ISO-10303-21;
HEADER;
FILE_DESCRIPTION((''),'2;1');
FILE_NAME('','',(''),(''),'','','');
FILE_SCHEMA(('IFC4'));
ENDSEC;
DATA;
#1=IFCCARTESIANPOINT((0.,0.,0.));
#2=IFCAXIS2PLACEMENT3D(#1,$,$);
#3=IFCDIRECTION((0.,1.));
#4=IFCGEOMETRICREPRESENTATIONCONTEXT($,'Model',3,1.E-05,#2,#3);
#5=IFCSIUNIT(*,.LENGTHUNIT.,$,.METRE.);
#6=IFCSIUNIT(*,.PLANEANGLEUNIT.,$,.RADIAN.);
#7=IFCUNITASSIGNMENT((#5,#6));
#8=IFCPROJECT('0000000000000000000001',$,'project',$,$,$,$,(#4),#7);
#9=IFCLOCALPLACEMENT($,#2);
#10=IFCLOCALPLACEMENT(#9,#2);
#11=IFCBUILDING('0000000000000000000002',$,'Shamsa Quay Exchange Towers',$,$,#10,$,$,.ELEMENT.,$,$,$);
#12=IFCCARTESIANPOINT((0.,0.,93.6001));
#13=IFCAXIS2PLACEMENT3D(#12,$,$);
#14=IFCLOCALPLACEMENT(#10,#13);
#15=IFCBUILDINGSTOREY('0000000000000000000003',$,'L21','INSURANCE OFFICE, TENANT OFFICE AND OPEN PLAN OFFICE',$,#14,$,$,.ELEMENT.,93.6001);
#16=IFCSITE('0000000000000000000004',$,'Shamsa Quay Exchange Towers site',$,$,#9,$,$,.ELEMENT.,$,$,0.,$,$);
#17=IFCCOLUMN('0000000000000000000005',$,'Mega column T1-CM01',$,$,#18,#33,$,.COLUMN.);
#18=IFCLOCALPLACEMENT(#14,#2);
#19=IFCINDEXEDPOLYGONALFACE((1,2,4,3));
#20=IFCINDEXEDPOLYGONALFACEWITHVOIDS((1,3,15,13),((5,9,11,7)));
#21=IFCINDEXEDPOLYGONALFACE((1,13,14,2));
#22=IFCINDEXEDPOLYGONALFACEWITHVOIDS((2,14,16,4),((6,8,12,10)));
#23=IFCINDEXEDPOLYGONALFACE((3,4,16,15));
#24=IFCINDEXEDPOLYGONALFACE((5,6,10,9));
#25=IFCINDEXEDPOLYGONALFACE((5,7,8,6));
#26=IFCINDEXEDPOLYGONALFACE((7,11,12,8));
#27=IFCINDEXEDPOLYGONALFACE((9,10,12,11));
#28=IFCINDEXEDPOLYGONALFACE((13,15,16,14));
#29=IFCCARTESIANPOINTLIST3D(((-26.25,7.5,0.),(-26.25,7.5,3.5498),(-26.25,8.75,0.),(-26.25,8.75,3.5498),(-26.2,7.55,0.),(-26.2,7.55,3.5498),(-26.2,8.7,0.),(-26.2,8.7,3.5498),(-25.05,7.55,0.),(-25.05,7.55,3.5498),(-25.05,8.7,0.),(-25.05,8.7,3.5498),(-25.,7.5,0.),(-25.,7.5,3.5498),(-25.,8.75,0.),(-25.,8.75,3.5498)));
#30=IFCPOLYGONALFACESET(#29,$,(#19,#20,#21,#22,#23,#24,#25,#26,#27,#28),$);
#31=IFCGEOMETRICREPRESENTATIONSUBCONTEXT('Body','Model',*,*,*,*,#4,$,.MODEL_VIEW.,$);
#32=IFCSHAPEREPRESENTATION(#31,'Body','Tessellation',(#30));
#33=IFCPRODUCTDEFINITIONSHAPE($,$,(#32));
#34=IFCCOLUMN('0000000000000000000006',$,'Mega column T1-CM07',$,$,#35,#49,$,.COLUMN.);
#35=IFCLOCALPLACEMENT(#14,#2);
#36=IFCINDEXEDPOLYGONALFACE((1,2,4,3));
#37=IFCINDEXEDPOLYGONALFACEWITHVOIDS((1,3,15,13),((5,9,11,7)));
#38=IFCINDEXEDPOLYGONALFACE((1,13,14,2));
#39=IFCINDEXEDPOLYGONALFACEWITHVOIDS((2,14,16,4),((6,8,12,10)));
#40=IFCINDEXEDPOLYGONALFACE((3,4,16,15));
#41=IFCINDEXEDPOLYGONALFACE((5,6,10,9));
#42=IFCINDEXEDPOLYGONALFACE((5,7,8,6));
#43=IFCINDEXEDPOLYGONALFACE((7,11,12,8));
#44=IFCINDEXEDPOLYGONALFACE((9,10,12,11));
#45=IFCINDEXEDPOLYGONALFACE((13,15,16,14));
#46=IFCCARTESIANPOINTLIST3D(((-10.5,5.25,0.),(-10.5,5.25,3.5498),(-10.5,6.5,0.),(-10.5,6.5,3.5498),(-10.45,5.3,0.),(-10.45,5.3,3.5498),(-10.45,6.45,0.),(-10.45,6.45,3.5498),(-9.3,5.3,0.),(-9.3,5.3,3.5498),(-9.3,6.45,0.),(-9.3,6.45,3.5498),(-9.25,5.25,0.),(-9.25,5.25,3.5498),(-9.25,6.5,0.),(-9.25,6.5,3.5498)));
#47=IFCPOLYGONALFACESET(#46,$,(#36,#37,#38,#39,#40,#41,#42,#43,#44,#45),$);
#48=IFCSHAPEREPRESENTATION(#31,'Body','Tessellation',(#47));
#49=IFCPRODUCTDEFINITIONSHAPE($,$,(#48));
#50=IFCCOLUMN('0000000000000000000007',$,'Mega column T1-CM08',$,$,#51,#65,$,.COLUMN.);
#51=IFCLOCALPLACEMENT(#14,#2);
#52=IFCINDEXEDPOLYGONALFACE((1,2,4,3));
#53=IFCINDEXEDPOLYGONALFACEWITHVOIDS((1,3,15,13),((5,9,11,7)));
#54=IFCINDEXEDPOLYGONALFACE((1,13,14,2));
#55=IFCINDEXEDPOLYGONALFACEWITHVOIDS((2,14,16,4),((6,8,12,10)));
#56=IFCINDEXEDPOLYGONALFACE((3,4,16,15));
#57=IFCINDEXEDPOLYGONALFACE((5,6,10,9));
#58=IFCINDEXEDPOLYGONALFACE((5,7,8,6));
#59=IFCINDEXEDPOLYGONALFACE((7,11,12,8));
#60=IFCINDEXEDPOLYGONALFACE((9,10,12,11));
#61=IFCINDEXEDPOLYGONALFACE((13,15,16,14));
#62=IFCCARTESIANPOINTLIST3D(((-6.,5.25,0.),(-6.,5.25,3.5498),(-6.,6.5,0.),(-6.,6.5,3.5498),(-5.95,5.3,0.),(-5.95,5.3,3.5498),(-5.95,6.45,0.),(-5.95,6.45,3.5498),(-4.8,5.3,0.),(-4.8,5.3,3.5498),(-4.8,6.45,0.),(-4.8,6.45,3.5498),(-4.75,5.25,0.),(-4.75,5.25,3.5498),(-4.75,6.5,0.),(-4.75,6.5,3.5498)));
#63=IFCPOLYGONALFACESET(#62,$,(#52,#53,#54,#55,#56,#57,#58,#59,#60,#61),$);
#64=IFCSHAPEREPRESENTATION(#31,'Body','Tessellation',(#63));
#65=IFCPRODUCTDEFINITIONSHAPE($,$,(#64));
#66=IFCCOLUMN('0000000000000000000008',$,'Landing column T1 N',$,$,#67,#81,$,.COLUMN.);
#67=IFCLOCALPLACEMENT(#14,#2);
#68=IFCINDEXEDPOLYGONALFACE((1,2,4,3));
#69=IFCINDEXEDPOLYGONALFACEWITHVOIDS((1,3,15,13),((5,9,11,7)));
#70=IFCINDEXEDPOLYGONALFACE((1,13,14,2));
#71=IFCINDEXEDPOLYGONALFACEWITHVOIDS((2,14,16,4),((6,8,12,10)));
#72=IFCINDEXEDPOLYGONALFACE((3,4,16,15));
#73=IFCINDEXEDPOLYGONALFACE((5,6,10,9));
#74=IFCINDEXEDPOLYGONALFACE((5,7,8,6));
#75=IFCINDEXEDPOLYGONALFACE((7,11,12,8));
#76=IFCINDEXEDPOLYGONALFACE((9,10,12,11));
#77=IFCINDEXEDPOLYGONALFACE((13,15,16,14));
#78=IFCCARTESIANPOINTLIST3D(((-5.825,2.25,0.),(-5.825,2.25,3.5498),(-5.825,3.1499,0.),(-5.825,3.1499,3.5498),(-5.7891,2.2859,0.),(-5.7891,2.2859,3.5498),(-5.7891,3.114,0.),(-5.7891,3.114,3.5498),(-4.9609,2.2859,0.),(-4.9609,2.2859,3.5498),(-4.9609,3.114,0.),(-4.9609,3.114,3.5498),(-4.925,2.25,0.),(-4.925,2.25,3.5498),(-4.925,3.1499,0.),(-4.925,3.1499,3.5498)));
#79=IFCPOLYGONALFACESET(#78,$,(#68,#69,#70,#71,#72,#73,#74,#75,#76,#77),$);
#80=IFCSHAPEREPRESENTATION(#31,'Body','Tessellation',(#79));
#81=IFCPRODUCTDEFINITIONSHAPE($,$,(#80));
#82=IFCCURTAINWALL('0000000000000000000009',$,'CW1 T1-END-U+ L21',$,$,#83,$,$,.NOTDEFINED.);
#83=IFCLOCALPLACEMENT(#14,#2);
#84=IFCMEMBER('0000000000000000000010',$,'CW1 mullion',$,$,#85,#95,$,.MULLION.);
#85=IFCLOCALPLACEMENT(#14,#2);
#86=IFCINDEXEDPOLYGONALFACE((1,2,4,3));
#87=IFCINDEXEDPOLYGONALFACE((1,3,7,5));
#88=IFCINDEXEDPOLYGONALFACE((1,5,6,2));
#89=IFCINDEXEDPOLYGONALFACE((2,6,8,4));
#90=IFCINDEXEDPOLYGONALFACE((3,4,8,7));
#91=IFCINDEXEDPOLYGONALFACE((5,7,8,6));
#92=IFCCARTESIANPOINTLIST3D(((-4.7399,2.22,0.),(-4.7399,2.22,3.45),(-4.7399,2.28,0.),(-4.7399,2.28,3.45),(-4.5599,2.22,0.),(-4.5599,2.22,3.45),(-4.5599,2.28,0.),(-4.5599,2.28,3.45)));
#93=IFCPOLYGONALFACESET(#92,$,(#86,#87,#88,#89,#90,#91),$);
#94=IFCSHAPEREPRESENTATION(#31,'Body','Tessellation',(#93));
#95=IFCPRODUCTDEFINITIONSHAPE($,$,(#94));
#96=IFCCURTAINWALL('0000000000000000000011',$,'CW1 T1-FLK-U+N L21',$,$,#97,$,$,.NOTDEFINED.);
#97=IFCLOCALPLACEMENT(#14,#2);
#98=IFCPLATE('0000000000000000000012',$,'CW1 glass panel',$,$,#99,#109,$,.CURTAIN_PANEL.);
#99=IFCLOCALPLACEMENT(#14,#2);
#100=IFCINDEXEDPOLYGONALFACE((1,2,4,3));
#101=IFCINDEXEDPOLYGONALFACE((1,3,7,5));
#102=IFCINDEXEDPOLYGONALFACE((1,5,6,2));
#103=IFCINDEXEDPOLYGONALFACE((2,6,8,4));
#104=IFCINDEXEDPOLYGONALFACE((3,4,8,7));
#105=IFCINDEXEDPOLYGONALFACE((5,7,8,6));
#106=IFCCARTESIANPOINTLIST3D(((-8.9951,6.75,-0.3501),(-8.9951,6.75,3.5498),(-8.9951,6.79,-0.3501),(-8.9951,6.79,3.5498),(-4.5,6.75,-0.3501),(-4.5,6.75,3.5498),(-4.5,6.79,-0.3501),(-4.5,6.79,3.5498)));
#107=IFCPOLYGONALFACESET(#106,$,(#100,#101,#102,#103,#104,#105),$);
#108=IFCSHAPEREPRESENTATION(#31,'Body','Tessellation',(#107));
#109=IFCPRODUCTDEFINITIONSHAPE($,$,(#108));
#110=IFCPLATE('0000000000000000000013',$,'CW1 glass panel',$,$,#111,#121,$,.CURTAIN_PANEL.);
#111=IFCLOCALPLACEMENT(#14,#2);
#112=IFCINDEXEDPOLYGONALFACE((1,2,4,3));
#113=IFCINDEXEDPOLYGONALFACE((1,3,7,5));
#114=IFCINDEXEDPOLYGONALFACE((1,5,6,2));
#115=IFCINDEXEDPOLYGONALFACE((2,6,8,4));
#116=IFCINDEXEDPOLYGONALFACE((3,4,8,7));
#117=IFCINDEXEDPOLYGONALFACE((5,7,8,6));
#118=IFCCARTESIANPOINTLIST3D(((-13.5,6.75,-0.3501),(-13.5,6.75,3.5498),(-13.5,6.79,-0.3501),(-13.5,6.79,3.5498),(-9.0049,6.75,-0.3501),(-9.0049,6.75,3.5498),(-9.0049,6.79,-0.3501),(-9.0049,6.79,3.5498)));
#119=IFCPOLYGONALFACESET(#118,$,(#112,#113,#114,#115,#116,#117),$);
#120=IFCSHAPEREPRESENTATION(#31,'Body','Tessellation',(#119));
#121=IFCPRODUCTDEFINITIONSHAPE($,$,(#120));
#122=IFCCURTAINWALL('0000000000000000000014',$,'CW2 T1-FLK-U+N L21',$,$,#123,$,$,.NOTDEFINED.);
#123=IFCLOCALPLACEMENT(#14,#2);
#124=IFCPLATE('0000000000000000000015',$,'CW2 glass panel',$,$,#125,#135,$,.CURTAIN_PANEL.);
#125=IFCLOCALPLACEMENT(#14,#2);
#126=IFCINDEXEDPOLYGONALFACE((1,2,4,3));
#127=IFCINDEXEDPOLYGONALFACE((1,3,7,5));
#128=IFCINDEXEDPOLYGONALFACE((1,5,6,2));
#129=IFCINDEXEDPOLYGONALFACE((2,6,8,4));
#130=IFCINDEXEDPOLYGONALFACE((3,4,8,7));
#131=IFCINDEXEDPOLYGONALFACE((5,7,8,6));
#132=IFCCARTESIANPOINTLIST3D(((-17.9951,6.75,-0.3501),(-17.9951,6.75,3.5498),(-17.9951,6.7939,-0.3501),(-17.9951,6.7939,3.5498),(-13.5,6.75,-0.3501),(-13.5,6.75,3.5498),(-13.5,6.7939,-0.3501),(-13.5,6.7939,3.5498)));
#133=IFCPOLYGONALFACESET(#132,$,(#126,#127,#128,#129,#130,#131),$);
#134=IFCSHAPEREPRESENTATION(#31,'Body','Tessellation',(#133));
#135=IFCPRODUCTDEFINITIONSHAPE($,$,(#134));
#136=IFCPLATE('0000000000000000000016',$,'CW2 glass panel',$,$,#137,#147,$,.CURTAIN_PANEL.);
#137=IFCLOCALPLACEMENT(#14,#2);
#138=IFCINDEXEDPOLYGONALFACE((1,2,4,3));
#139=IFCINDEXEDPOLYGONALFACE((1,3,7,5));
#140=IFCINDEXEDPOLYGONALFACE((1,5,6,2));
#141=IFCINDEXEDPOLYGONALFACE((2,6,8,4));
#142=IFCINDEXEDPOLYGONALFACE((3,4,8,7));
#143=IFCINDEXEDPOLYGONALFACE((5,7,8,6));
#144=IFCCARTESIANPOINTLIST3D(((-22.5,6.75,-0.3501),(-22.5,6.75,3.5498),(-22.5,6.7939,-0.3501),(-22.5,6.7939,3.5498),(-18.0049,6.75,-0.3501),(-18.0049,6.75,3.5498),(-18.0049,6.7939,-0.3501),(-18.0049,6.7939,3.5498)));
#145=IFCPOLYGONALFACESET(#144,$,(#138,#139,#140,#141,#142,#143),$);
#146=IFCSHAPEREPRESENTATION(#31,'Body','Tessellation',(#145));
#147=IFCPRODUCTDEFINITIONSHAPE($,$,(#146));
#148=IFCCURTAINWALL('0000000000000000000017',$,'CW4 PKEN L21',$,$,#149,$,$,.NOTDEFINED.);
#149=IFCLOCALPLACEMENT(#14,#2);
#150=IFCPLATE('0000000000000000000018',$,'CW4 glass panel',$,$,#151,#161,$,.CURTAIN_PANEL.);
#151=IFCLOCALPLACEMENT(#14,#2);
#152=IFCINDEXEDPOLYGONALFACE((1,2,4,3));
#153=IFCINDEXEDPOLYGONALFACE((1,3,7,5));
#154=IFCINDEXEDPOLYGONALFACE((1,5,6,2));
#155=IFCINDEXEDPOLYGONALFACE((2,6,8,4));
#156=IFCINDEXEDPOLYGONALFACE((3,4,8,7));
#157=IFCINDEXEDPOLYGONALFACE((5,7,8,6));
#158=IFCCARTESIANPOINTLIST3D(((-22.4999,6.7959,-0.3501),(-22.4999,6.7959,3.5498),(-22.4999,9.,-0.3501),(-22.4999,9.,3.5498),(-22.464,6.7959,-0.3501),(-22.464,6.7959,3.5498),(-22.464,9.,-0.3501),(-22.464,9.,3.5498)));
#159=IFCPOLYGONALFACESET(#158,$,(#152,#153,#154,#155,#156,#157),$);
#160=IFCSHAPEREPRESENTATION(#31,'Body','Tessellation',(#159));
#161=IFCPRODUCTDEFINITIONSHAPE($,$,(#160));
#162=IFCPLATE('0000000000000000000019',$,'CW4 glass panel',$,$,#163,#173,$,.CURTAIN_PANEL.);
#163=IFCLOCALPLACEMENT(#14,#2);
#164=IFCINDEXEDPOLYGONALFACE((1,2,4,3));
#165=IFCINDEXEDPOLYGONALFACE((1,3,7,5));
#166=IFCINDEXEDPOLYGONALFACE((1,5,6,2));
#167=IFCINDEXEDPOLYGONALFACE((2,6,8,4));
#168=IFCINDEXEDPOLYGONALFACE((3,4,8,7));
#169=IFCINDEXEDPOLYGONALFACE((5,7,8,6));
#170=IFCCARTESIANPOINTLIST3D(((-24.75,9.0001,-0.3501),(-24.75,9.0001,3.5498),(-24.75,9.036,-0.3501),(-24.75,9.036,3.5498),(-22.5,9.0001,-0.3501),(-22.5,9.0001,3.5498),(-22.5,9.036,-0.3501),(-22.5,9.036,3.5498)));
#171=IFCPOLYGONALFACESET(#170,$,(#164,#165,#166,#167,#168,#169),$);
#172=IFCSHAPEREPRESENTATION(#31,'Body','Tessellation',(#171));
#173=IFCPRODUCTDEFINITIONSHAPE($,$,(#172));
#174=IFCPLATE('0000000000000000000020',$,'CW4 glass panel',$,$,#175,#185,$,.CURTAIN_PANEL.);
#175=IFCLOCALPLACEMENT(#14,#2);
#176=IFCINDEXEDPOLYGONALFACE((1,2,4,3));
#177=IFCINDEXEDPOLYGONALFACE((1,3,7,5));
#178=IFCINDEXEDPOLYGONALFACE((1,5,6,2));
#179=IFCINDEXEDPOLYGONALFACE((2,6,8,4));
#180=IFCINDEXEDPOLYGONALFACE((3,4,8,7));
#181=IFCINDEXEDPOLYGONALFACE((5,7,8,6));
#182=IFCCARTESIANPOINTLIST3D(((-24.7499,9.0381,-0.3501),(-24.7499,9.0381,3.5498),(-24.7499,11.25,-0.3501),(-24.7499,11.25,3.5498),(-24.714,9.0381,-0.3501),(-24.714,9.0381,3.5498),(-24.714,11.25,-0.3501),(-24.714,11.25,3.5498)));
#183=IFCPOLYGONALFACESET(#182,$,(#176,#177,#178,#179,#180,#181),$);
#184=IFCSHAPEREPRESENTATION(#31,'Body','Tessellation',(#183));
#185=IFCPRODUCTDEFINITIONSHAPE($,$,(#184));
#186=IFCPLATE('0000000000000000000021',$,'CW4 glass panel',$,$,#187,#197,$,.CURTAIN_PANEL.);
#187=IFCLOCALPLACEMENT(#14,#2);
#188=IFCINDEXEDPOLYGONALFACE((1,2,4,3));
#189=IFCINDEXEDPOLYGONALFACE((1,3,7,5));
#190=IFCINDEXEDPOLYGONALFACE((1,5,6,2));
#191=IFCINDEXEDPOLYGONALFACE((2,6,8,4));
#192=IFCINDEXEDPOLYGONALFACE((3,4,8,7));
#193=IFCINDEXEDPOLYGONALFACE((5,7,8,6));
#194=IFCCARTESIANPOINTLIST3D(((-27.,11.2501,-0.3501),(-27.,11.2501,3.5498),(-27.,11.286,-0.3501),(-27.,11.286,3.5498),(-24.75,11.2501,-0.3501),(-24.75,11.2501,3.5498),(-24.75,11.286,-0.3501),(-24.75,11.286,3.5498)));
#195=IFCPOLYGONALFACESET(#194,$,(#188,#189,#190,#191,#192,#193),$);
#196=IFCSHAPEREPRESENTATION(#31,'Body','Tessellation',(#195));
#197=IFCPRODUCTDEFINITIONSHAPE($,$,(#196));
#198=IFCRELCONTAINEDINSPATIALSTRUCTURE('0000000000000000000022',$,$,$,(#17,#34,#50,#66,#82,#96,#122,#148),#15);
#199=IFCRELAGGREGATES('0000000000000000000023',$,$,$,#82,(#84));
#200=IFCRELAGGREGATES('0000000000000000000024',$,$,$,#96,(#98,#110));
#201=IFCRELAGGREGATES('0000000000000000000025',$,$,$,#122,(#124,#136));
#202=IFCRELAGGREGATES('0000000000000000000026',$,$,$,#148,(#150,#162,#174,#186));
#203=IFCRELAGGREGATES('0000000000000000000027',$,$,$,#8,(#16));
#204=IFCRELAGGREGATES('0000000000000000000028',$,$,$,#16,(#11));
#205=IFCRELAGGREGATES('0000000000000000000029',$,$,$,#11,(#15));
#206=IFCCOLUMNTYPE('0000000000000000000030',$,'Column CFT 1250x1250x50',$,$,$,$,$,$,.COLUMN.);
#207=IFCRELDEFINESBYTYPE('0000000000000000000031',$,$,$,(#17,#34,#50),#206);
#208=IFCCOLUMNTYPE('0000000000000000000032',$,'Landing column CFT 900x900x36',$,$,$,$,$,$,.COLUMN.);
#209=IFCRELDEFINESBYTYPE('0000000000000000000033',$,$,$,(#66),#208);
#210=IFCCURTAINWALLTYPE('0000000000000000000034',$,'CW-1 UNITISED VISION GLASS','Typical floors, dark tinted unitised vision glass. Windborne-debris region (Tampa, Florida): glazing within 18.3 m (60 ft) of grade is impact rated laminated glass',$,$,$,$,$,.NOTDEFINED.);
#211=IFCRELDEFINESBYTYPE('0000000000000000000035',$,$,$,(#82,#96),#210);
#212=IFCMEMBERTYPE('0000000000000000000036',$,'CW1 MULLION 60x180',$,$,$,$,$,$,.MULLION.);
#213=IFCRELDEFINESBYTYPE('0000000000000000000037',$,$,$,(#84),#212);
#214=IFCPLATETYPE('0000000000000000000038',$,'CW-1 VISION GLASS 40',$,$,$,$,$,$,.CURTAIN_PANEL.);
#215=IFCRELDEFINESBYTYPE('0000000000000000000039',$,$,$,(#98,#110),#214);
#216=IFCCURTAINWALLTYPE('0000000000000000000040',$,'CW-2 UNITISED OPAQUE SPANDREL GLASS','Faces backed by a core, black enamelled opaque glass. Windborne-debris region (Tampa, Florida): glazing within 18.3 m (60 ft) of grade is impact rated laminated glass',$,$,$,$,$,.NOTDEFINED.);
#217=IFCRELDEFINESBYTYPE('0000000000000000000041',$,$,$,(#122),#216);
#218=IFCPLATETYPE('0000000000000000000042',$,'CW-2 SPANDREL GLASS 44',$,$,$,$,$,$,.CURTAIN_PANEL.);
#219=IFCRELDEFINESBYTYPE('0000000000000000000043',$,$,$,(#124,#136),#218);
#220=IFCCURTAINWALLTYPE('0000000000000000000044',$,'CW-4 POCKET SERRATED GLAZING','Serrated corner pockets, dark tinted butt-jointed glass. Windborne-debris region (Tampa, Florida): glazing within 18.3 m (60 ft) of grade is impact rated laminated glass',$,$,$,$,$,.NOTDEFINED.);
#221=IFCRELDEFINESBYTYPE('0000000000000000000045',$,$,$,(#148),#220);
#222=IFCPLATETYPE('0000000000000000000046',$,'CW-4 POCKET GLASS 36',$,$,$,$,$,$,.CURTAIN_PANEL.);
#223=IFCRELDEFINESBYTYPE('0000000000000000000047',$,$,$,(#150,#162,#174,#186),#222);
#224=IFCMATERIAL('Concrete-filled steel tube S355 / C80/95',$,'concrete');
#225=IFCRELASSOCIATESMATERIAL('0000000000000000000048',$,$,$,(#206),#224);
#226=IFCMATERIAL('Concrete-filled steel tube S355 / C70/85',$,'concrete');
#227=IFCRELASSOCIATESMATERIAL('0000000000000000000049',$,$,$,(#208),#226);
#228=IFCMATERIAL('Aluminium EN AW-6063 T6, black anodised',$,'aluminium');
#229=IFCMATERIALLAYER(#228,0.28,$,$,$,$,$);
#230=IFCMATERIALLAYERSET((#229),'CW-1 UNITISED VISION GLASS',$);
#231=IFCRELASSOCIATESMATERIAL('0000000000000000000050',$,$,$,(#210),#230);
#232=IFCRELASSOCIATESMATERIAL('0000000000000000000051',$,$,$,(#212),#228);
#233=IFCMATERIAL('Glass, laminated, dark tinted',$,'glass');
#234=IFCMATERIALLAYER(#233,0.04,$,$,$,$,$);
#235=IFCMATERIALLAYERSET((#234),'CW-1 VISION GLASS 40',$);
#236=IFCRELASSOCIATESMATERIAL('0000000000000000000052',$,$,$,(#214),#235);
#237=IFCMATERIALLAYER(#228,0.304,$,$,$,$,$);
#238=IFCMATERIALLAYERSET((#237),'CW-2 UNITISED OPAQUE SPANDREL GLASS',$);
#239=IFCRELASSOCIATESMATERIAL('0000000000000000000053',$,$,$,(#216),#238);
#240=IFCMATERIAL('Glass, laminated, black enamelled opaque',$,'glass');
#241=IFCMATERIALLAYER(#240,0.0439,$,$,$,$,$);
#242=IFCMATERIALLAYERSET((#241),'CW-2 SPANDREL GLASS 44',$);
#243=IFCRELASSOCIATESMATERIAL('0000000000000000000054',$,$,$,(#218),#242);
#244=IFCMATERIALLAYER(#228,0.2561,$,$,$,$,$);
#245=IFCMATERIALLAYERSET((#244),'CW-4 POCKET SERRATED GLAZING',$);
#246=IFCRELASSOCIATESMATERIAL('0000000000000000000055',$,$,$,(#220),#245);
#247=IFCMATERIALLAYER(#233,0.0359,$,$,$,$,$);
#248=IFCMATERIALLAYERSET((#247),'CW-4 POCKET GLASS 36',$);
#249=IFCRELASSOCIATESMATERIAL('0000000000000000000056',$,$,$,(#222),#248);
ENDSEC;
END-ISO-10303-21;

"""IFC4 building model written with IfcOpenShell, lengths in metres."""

from ifc_helpers import new_model, si_unit, direction, frame, origin, origin_2d, place, context, subcontext, project, spatial, rectangle, hollow_rectangle, extrude, material, layer, layer_set, material_profile, profile_set, type_object, element, aggregate, save


model = new_model("IFC4")

# Units and contexts
model_context = context("Model", 3, precision=1e-05, world=origin(), true_north=direction((0.0, 1.0)))
body_context = subcontext(model_context, "Body", "Model", "MODEL_VIEW")
ifc_project = project(units=[si_unit("LENGTHUNIT", "METRE"), si_unit("PLANEANGLEUNIT", "RADIAN")], contexts=[model_context])

# Site, building, storey
site_placement = place(None, origin())
site = spatial("IfcSite", under=ifc_project, at=site_placement, Name="Shamsa Quay Exchange Towers site", CompositionType="ELEMENT", RefElevation=0.0)
building_placement = place(site_placement, origin())
building = spatial("IfcBuilding", under=site, at=building_placement, Name="Shamsa Quay Exchange Towers", CompositionType="ELEMENT")
storey_placement = place(building_placement, frame((0.0, 0.0, 93.6001)))
storey = spatial("IfcBuildingStorey", under=building, at=storey_placement, Name="L21", Description="INSURANCE OFFICE, TENANT OFFICE AND OPEN PLAN OFFICE", CompositionType="ELEMENT", Elevation=93.6001)

# Columns
ifc_material_1 = material(Name="Concrete-filled steel tube S355 / C80/95", Category="concrete")
ifc_material_profile_1 = material_profile(ifc_material_1, hollow_rectangle(XDim=1.25, YDim=1.25, WallThickness=0.05, at=origin_2d()), Name="CFT 1250x1250x50")
ifc_profile_set_1 = profile_set([ifc_material_profile_1], Name="Concrete-filled steel tube S355 / C80/95")
column_type_1 = type_object("IfcColumnType", Name="Column CFT 1250x1250x50", PredefinedType="COLUMN", material=ifc_profile_set_1)
for number, where, name in (
    (1, (-25.625, 8.125, 0.0), "Mega column T1-CM01"),
    (2, (-9.875, 5.875, 0.0), "Mega column T1-CM07"),
    (3, (-5.375, 5.875, 0.0), "Mega column T1-CM08"),
):
    element("IfcColumn", number, at=place(storey_placement, frame(where)), inside=storey, type_object=column_type_1, Name=name, PredefinedType="COLUMN", context=body_context, shape_type="SweptSolid", body=[
        extrude(hollow_rectangle(XDim=1.25, YDim=1.25, WallThickness=0.05, at=origin_2d()), origin(), (0.0, 0.0, 1.0), 3.5498),
    ])
ifc_material_2 = material(Name="Concrete-filled steel tube S355 / C70/85", Category="concrete")
ifc_material_profile_2 = material_profile(ifc_material_2, hollow_rectangle(XDim=0.8999, YDim=0.8999, WallThickness=0.0359, at=origin_2d()), Name="CFT 900x900x36")
ifc_profile_set_2 = profile_set([ifc_material_profile_2], Name="Concrete-filled steel tube S355 / C70/85")
column_type_2 = type_object("IfcColumnType", Name="Landing column CFT 900x900x36", PredefinedType="COLUMN", material=ifc_profile_set_2)
column_placement = place(storey_placement, frame((-5.375, 2.7, 0.0)))
element("IfcColumn", 4, at=column_placement, inside=storey, type_object=column_type_2, Name="Landing column T1 N", PredefinedType="COLUMN", context=body_context, shape_type="SweptSolid", body=[
    extrude(hollow_rectangle(XDim=0.8999, YDim=0.8999, WallThickness=0.0359, at=origin_2d()), origin(), (0.0, 0.0, 1.0), 3.5498),
])

# Curtain wall, member
ifc_material_3 = material(Name="Aluminium EN AW-6063 T6, black anodised", Category="aluminium")
ifc_layer_1 = layer(ifc_material_3, 0.28)
ifc_layer_set_1 = layer_set([ifc_layer_1], Name="CW-1 UNITISED VISION GLASS")
curtain_wall_type_1 = type_object("IfcCurtainWallType", Name="CW-1 UNITISED VISION GLASS", Description="Typical floors, dark tinted unitised vision glass. Windborne-debris region (Tampa, Florida): glazing within 18.3 m (60 ft) of grade is impact rated laminated glass", PredefinedType="NOTDEFINED", material=ifc_layer_set_1)
curtain_wall_1_placement = place(storey_placement, origin())
curtain_wall_1 = element("IfcCurtainWall", 5, at=curtain_wall_1_placement, inside=storey, type_object=curtain_wall_type_1, Name="CW1 T1-END-U+ L21", PredefinedType="NOTDEFINED")
ifc_material_profile_3 = material_profile(ifc_material_3, rectangle(XDim=0.1799, YDim=0.0601, at=origin_2d()), Name="MU60x180")
ifc_profile_set_3 = profile_set([ifc_material_profile_3], Name="Aluminium EN AW-6063 T6, black anodised")
member_type = type_object("IfcMemberType", Name="CW1 MULLION 60x180", PredefinedType="MULLION", material=ifc_profile_set_3)
member_placement = place(storey_placement, frame((-4.6499, 2.25, 0.0), z_axis=(0.0, 0.0, 1.0), x_axis=(-1.0, 0.0, 0.0)))
member = element("IfcMember", 6, at=member_placement, type_object=member_type, Name="CW1 mullion", PredefinedType="MULLION", context=body_context, shape_type="SweptSolid", body=[
    extrude(rectangle(XDim=0.1799, YDim=0.0601, at=origin_2d()), origin(), (0.0, 0.0, 1.0), 3.45),
])
aggregate(curtain_wall_1, [member])

# Curtain walls, plates
curtain_wall_2_placement = place(storey_placement, origin())
curtain_wall_2 = element("IfcCurtainWall", 7, at=curtain_wall_2_placement, inside=storey, type_object=curtain_wall_type_1, Name="CW1 T1-FLK-U+N L21", PredefinedType="NOTDEFINED")
ifc_material_4 = material(Name="Glass, laminated, dark tinted", Category="glass")
ifc_layer_2 = layer(ifc_material_4, 0.04)
ifc_layer_set_2 = layer_set([ifc_layer_2], Name="CW-1 VISION GLASS 40")
plate_type_1 = type_object("IfcPlateType", Name="CW-1 VISION GLASS 40", PredefinedType="CURTAIN_PANEL", material=ifc_layer_set_2)
plate_1_placement = place(storey_placement, frame((-6.7476, 6.77, -0.3501), z_axis=(0.0, 0.0, 1.0), x_axis=(-1.0, 0.0, 0.0)))
plate_1 = element("IfcPlate", 8, at=plate_1_placement, type_object=plate_type_1, Name="CW1 glass panel", PredefinedType="CURTAIN_PANEL", context=body_context, shape_type="SweptSolid", body=[
    extrude(rectangle(XDim=4.4951, YDim=0.04, at=origin_2d()), origin(), (0.0, 0.0, 1.0), 3.8999),
])
plate_2_placement = place(storey_placement, frame((-11.2524, 6.77, -0.3501), z_axis=(0.0, 0.0, 1.0), x_axis=(-1.0, 0.0, 0.0)))
plate_2 = element("IfcPlate", 9, at=plate_2_placement, type_object=plate_type_1, Name="CW1 glass panel", PredefinedType="CURTAIN_PANEL", context=body_context, shape_type="SweptSolid", body=[
    extrude(rectangle(XDim=4.4951, YDim=0.04, at=origin_2d()), origin(), (0.0, 0.0, 1.0), 3.8999),
])
aggregate(curtain_wall_2, [plate_1, plate_2])
ifc_layer_3 = layer(ifc_material_3, 0.304)
ifc_layer_set_3 = layer_set([ifc_layer_3], Name="CW-2 UNITISED OPAQUE SPANDREL GLASS")
curtain_wall_type_2 = type_object("IfcCurtainWallType", Name="CW-2 UNITISED OPAQUE SPANDREL GLASS", Description="Faces backed by a core, black enamelled opaque glass. Windborne-debris region (Tampa, Florida): glazing within 18.3 m (60 ft) of grade is impact rated laminated glass", PredefinedType="NOTDEFINED", material=ifc_layer_set_3)
curtain_wall_3_placement = place(storey_placement, origin())
curtain_wall_3 = element("IfcCurtainWall", 10, at=curtain_wall_3_placement, inside=storey, type_object=curtain_wall_type_2, Name="CW2 T1-FLK-U+N L21", PredefinedType="NOTDEFINED")
ifc_material_5 = material(Name="Glass, laminated, black enamelled opaque", Category="glass")
ifc_layer_4 = layer(ifc_material_5, 0.0439)
ifc_layer_set_4 = layer_set([ifc_layer_4], Name="CW-2 SPANDREL GLASS 44")
plate_type_2 = type_object("IfcPlateType", Name="CW-2 SPANDREL GLASS 44", PredefinedType="CURTAIN_PANEL", material=ifc_layer_set_4)
plate_3_placement = place(storey_placement, frame((-15.7476, 6.772, -0.3501), z_axis=(0.0, 0.0, 1.0), x_axis=(-1.0, 0.0, 0.0)))
plate_3 = element("IfcPlate", 11, at=plate_3_placement, type_object=plate_type_2, Name="CW2 glass panel", PredefinedType="CURTAIN_PANEL", context=body_context, shape_type="SweptSolid", body=[
    extrude(rectangle(XDim=4.4951, YDim=0.0439, at=origin_2d()), origin(), (0.0, 0.0, 1.0), 3.8999),
])
plate_4_placement = place(storey_placement, frame((-20.2524, 6.772, -0.3501), z_axis=(0.0, 0.0, 1.0), x_axis=(-1.0, 0.0, 0.0)))
plate_4 = element("IfcPlate", 12, at=plate_4_placement, type_object=plate_type_2, Name="CW2 glass panel", PredefinedType="CURTAIN_PANEL", context=body_context, shape_type="SweptSolid", body=[
    extrude(rectangle(XDim=4.4951, YDim=0.0439, at=origin_2d()), origin(), (0.0, 0.0, 1.0), 3.8999),
])
aggregate(curtain_wall_3, [plate_3, plate_4])
ifc_layer_5 = layer(ifc_material_3, 0.2561)
ifc_layer_set_5 = layer_set([ifc_layer_5], Name="CW-4 POCKET SERRATED GLAZING")
curtain_wall_type_3 = type_object("IfcCurtainWallType", Name="CW-4 POCKET SERRATED GLAZING", Description="Serrated corner pockets, dark tinted butt-jointed glass. Windborne-debris region (Tampa, Florida): glazing within 18.3 m (60 ft) of grade is impact rated laminated glass", PredefinedType="NOTDEFINED", material=ifc_layer_set_5)
curtain_wall_4_placement = place(storey_placement, origin())
curtain_wall_4 = element("IfcCurtainWall", 13, at=curtain_wall_4_placement, inside=storey, type_object=curtain_wall_type_3, Name="CW4 PKEN L21", PredefinedType="NOTDEFINED")
ifc_layer_6 = layer(ifc_material_4, 0.0359)
ifc_layer_set_6 = layer_set([ifc_layer_6], Name="CW-4 POCKET GLASS 36")
plate_type_3 = type_object("IfcPlateType", Name="CW-4 POCKET GLASS 36", PredefinedType="CURTAIN_PANEL", material=ifc_layer_set_6)
plate_5_placement = place(storey_placement, frame((-22.4819, 7.8979, -0.3501), z_axis=(0.0, 0.0, 1.0), x_axis=(0.0, 1.0, 0.0)))
plate_5 = element("IfcPlate", 14, at=plate_5_placement, type_object=plate_type_3, Name="CW4 glass panel", PredefinedType="CURTAIN_PANEL", context=body_context, shape_type="SweptSolid", body=[
    extrude(rectangle(XDim=2.2041, YDim=0.0359, at=origin_2d()), origin(), (0.0, 0.0, 1.0), 3.8999),
])
plate_6_placement = place(storey_placement, frame((-23.625, 9.0181, -0.3501), z_axis=(0.0, 0.0, 1.0), x_axis=(-1.0, 0.0, 0.0)))
plate_6 = element("IfcPlate", 15, at=plate_6_placement, type_object=plate_type_3, Name="CW4 glass panel", PredefinedType="CURTAIN_PANEL", context=body_context, shape_type="SweptSolid", body=[
    extrude(rectangle(XDim=2.25, YDim=0.0359, at=origin_2d()), origin(), (0.0, 0.0, 1.0), 3.8999),
])
plate_7_placement = place(storey_placement, frame((-24.7319, 10.144, -0.3501), z_axis=(0.0, 0.0, 1.0), x_axis=(0.0, 1.0, 0.0)))
plate_7 = element("IfcPlate", 16, at=plate_7_placement, type_object=plate_type_3, Name="CW4 glass panel", PredefinedType="CURTAIN_PANEL", context=body_context, shape_type="SweptSolid", body=[
    extrude(rectangle(XDim=2.2119, YDim=0.0359, at=origin_2d()), origin(), (0.0, 0.0, 1.0), 3.8999),
])
plate_8_placement = place(storey_placement, frame((-25.875, 11.2681, -0.3501), z_axis=(0.0, 0.0, 1.0), x_axis=(-1.0, 0.0, 0.0)))
plate_8 = element("IfcPlate", 17, at=plate_8_placement, type_object=plate_type_3, Name="CW4 glass panel", PredefinedType="CURTAIN_PANEL", context=body_context, shape_type="SweptSolid", body=[
    extrude(rectangle(XDim=2.25, YDim=0.0359, at=origin_2d()), origin(), (0.0, 0.0, 1.0), 3.8999),
])
aggregate(curtain_wall_4, [plate_5, plate_6, plate_7, plate_8])

save(model, "model.ifc")
